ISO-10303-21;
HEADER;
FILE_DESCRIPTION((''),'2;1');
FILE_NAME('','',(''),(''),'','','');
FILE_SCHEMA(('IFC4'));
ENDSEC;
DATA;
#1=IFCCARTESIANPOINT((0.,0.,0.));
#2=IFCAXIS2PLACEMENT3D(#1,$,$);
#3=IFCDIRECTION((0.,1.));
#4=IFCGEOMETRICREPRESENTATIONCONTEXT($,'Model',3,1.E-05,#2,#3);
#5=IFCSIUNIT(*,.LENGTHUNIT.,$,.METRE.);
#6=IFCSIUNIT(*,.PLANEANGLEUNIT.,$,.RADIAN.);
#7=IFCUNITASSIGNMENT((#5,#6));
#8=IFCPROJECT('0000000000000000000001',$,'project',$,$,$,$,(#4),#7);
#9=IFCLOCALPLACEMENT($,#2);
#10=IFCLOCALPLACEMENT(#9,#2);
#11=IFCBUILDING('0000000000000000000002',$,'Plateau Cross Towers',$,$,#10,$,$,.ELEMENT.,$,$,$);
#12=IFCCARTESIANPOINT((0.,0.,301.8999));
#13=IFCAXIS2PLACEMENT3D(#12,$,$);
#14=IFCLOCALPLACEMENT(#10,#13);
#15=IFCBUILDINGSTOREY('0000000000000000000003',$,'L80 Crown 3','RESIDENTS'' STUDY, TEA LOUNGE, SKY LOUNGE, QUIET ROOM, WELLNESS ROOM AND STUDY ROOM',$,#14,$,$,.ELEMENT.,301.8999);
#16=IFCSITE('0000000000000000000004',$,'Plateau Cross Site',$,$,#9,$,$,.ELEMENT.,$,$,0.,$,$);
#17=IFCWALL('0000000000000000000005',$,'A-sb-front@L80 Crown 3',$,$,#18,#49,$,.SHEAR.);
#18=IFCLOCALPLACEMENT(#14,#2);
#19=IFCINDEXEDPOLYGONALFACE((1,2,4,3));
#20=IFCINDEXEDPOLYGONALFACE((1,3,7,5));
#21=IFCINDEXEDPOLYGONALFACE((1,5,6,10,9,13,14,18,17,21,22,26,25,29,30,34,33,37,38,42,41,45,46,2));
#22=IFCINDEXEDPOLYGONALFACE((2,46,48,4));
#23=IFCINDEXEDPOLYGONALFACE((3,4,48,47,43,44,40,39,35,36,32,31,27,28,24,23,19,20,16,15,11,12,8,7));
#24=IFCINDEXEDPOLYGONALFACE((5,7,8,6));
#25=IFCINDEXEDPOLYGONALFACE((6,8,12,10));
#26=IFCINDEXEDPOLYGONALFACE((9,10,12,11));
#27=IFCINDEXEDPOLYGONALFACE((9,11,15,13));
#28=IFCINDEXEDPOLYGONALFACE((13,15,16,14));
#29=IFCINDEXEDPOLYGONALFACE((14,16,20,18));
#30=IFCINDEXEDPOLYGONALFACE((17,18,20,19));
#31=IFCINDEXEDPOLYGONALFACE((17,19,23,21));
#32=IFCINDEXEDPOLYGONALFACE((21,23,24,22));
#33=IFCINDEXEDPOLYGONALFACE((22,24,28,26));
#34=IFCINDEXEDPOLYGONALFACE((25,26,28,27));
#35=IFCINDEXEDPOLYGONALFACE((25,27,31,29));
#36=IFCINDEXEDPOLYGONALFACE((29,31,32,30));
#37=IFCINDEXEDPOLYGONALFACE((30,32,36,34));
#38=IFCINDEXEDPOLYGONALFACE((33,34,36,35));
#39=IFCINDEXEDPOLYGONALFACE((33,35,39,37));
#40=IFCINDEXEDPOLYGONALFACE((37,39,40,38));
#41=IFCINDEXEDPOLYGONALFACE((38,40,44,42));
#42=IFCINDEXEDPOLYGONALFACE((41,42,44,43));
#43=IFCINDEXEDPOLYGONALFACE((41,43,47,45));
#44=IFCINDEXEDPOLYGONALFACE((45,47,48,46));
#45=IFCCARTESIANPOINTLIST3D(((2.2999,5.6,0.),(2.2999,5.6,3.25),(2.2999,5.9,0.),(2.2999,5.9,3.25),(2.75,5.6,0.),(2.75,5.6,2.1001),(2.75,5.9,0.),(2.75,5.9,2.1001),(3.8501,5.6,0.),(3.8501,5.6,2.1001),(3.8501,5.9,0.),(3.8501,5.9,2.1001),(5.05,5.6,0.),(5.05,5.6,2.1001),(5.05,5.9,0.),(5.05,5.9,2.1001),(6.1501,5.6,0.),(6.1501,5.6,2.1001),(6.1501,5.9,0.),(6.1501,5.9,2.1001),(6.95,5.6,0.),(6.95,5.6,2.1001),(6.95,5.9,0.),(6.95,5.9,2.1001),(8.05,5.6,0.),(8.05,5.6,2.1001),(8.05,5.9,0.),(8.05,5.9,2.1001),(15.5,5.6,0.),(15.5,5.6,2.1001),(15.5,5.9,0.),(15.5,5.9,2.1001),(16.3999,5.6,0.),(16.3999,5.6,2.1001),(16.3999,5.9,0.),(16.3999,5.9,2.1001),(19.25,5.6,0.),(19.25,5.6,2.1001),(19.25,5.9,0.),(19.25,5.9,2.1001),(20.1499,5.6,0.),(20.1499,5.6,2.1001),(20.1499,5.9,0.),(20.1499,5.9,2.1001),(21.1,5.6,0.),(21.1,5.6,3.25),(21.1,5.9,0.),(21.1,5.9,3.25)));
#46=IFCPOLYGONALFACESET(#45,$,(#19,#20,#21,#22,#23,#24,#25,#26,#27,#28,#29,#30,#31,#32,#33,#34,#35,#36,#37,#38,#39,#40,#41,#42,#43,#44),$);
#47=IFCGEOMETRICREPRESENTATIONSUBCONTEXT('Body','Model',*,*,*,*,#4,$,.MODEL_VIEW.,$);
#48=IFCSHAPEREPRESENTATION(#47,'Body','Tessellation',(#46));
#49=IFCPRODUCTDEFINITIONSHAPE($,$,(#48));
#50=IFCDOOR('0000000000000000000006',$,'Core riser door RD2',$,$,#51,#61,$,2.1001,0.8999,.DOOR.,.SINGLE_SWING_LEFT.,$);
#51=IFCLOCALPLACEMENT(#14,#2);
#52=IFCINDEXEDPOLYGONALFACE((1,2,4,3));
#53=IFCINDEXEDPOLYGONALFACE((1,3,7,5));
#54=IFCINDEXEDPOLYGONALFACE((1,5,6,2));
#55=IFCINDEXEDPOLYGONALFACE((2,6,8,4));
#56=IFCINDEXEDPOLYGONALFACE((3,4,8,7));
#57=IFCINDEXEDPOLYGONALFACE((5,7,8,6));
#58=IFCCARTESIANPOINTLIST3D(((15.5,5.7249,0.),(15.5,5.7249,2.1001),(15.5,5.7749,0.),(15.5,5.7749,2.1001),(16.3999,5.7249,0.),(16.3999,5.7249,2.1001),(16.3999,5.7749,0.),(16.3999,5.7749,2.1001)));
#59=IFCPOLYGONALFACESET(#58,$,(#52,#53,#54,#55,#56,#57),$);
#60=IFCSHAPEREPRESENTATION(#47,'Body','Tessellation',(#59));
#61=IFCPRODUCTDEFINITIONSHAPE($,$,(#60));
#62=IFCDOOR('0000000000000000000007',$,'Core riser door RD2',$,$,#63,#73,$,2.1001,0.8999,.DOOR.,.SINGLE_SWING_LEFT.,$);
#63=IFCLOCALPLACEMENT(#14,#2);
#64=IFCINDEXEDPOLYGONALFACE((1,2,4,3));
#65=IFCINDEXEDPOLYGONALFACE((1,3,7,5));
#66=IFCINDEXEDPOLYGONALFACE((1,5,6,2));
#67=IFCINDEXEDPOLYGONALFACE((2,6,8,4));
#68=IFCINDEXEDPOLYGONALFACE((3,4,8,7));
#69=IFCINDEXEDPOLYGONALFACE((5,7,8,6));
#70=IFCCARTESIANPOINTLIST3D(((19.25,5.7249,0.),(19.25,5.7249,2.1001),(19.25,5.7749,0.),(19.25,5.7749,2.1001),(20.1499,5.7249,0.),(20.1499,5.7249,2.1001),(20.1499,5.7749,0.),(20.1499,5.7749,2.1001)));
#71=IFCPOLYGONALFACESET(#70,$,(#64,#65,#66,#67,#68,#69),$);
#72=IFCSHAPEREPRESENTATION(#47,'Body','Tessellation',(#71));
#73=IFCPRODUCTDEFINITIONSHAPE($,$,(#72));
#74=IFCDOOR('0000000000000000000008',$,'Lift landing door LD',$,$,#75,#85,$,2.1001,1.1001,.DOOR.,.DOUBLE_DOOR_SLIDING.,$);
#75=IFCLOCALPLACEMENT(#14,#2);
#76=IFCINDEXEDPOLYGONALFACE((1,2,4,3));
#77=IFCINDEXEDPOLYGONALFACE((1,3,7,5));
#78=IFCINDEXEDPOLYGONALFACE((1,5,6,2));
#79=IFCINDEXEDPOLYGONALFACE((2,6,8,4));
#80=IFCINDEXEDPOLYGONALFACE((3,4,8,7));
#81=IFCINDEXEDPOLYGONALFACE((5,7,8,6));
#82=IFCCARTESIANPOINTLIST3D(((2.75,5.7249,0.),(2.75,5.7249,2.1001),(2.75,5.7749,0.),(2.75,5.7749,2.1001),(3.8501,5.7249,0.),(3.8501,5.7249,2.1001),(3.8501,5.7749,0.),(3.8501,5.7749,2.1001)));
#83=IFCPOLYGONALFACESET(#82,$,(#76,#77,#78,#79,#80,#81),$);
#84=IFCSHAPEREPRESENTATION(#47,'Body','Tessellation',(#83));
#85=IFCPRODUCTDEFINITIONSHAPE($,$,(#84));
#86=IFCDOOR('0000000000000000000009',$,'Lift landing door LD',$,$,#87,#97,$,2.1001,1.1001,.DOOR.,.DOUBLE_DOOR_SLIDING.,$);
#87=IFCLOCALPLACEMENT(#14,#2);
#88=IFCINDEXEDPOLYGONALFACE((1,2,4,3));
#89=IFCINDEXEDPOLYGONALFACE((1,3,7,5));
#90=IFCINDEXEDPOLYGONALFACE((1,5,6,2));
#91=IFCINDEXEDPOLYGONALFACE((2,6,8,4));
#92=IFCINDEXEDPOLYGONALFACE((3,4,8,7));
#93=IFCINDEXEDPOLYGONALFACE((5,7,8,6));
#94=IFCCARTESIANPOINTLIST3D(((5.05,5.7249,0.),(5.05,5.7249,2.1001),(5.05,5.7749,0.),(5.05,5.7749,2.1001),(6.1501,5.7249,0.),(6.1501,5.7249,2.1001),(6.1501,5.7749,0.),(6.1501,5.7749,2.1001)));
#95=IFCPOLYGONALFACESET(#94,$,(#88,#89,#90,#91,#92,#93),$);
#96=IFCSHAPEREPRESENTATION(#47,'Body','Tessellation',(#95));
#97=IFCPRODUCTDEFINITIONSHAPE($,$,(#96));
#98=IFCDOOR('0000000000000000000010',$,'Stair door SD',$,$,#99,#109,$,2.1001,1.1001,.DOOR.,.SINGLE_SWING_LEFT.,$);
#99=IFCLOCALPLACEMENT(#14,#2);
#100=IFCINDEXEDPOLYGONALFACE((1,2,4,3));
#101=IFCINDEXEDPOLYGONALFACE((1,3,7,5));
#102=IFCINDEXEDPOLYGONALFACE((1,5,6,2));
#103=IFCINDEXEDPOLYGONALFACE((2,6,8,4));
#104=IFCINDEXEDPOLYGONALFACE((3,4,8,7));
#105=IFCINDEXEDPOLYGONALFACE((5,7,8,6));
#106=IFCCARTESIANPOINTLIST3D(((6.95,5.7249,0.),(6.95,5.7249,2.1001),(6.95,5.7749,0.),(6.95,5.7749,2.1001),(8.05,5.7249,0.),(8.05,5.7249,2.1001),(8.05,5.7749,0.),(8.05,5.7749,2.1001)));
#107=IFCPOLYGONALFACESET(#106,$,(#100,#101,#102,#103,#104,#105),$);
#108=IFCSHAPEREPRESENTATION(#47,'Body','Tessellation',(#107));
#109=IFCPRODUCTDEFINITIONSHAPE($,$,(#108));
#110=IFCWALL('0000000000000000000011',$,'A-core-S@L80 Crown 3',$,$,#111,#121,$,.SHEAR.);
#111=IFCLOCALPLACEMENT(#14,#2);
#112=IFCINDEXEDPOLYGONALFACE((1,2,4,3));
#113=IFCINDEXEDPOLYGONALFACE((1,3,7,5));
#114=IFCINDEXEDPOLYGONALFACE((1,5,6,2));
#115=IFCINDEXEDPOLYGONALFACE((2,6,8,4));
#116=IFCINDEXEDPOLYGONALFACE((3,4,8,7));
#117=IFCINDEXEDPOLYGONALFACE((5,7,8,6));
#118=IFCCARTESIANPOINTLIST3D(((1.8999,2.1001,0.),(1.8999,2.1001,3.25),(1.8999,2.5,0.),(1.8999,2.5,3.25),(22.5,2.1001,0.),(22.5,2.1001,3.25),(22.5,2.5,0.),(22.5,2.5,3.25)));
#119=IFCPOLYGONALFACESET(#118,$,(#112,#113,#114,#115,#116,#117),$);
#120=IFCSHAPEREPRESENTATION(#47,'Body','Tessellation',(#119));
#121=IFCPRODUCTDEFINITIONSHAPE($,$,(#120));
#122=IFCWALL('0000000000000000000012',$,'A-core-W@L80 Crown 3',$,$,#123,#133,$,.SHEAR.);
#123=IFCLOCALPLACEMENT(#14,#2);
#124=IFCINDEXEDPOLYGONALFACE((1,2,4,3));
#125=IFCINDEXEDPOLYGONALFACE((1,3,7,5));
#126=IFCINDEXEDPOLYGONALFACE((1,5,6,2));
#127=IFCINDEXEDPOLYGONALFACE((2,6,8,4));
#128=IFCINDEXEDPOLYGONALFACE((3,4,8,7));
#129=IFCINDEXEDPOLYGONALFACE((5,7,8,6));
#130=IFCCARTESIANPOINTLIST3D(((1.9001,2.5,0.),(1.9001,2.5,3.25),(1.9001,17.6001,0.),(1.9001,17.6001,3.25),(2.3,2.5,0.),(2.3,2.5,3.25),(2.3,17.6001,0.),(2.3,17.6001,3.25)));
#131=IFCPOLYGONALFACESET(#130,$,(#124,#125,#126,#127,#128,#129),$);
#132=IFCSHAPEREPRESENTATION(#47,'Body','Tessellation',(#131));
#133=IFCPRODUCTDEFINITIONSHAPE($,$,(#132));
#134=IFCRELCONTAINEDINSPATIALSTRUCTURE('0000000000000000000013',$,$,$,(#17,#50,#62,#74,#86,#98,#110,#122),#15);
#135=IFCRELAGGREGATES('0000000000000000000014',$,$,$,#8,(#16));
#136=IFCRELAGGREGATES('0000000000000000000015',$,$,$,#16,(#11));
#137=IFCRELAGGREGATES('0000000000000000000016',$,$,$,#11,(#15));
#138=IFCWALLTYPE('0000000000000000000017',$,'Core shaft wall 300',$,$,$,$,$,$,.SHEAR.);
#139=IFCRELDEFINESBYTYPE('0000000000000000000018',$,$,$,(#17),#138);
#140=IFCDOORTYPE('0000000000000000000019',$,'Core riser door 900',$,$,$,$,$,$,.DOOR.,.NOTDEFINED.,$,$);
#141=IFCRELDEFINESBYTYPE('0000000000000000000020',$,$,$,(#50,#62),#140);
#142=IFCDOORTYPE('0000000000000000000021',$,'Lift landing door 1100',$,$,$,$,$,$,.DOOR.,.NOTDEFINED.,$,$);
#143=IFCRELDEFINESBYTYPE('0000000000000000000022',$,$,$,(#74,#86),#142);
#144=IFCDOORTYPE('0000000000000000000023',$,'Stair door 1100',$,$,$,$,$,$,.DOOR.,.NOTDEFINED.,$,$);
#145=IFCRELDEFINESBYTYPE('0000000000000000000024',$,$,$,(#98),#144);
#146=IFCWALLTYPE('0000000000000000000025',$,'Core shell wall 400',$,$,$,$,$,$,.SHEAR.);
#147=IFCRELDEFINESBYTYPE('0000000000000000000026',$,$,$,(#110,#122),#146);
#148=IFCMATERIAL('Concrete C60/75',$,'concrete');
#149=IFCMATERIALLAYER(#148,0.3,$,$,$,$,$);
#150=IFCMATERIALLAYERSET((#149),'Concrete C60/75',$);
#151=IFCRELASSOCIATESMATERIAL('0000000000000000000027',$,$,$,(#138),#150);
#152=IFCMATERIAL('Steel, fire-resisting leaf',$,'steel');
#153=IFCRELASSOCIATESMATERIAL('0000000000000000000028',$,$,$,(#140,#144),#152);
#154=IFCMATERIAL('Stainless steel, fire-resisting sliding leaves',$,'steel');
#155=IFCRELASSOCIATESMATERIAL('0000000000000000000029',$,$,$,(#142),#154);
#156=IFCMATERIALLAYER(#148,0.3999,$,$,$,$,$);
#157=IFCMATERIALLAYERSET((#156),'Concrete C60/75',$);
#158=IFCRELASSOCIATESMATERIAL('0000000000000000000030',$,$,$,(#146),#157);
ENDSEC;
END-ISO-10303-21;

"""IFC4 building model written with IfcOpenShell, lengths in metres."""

from ifc_helpers import new_model, si_unit, direction, frame, frame_2d, origin, place, context, subcontext, project, spatial, rectangle, extrude, material, layer, layer_set, type_object, element, fill, save


model = new_model("IFC4")

# Units and contexts
model_context = context("Model", 3, precision=1e-05, world=origin(), true_north=direction((0.0, 1.0)))
body_context = subcontext(model_context, "Body", "Model", "MODEL_VIEW")
ifc_project = project(units=[si_unit("LENGTHUNIT", "METRE"), si_unit("PLANEANGLEUNIT", "RADIAN")], contexts=[model_context])

# Site, building, storey
site_placement = place(None, origin())
site = spatial("IfcSite", under=ifc_project, at=site_placement, Name="Plateau Cross Site", CompositionType="ELEMENT", RefElevation=0.0)
building_placement = place(site_placement, origin())
building = spatial("IfcBuilding", under=site, at=building_placement, Name="Plateau Cross Towers", CompositionType="ELEMENT")
storey_placement = place(building_placement, frame((0.0, 0.0, 301.8999)))
storey = spatial("IfcBuildingStorey", under=building, at=storey_placement, Name="L80 Crown 3", Description="RESIDENTS' STUDY, TEA LOUNGE, SKY LOUNGE, QUIET ROOM, WELLNESS ROOM AND STUDY ROOM", CompositionType="ELEMENT", Elevation=301.8999)

# Shared definitions
ifc_material_1 = material(Name="Concrete C60/75", Category="concrete")

# Shared definitions
ifc_layer_1 = layer(ifc_material_1, 0.3)
ifc_layer_set_1 = layer_set([ifc_layer_1], Name="Concrete C60/75")
wall_type_1 = type_object("IfcWallType", Name="Core shaft wall 300", PredefinedType="SHEAR", material=ifc_layer_set_1)

# Wall, openings, doors
wall_1_placement = place(storey_placement, frame((2.3, 5.75, 0.0), z_axis=(0.0, 0.0, 1.0), x_axis=(1.0, 0.0, 0.0)))
wall_1 = element("IfcWall", 1, at=wall_1_placement, inside=storey, type_object=wall_type_1, Name="A-sb-front@L80 Crown 3", PredefinedType="SHEAR", context=body_context, shape_type="SweptSolid", body=[
    extrude(rectangle(XDim=18.8, YDim=0.3, at=frame_2d((9.3999, 0.0))), origin(), (0.0, 0.0, 1.0), 3.25),
])
opening_1_placement = place(wall_1_placement, frame((4.6499, 0.0, 0.0)))
opening_1 = element("IfcOpeningElement", 2, at=opening_1_placement, cuts=wall_1, PredefinedType="OPENING", context=body_context, shape_type="SweptSolid", body=[
    extrude(rectangle(XDim=1.1001, YDim=2.1001, at=frame_2d((0.55, 1.05))), frame((0.0, 0.1599, 0.0), z_axis=(0.0, -1.0, 0.0), x_axis=(1.0, 0.0, 0.0)), (0.0, 0.0, 1.0), 0.3201),
])
opening_2_placement = place(wall_1_placement, frame((0.45, 0.0, 0.0)))
opening_2 = element("IfcOpeningElement", 3, at=opening_2_placement, cuts=wall_1, PredefinedType="OPENING", context=body_context, shape_type="SweptSolid", body=[
    extrude(rectangle(XDim=1.1001, YDim=2.1001, at=frame_2d((0.55, 1.05))), frame((0.0, 0.1599, 0.0), z_axis=(0.0, -1.0, 0.0), x_axis=(1.0, 0.0, 0.0)), (0.0, 0.0, 1.0), 0.3201),
])
opening_3_placement = place(wall_1_placement, frame((2.75, 0.0, 0.0)))
opening_3 = element("IfcOpeningElement", 4, at=opening_3_placement, cuts=wall_1, PredefinedType="OPENING", context=body_context, shape_type="SweptSolid", body=[
    extrude(rectangle(XDim=1.1001, YDim=2.1001, at=frame_2d((0.55, 1.05))), frame((0.0, 0.1599, 0.0), z_axis=(0.0, -1.0, 0.0), x_axis=(1.0, 0.0, 0.0)), (0.0, 0.0, 1.0), 0.3201),
])
opening_4_placement = place(wall_1_placement, frame((13.2, 0.0, 0.0)))
opening_4 = element("IfcOpeningElement", 5, at=opening_4_placement, cuts=wall_1, PredefinedType="OPENING", context=body_context, shape_type="SweptSolid", body=[
    extrude(rectangle(XDim=0.8999, YDim=2.1001, at=frame_2d((0.45, 1.05))), frame((0.0, 0.1599, 0.0), z_axis=(0.0, -1.0, 0.0), x_axis=(1.0, 0.0, 0.0)), (0.0, 0.0, 1.0), 0.3201),
])
opening_5_placement = place(wall_1_placement, frame((16.95, 0.0, 0.0)))
opening_5 = element("IfcOpeningElement", 6, at=opening_5_placement, cuts=wall_1, PredefinedType="OPENING", context=body_context, shape_type="SweptSolid", body=[
    extrude(rectangle(XDim=0.8999, YDim=2.1001, at=frame_2d((0.45, 1.05))), frame((0.0, 0.1599, 0.0), z_axis=(0.0, -1.0, 0.0), x_axis=(1.0, 0.0, 0.0)), (0.0, 0.0, 1.0), 0.3201),
])
ifc_material_2 = material(Name="Steel, fire-resisting leaf", Category="steel")
door_type_1 = type_object("IfcDoorType", Name="Core riser door 900", OperationType="NOTDEFINED", PredefinedType="DOOR", material=ifc_material_2)
door_1_placement = place(opening_4_placement, origin())
door_1 = element("IfcDoor", 7, at=door_1_placement, inside=storey, type_object=door_type_1, Name="Core riser door RD2", OperationType="SINGLE_SWING_LEFT", OverallHeight=2.1001, OverallWidth=0.8999, PredefinedType="DOOR", context=body_context, shape_type="SweptSolid", body=[
    extrude(rectangle(XDim=0.8999, YDim=2.1001, at=frame_2d((0.45, 1.05))), frame((0.0, 0.0249, 0.0), z_axis=(0.0, -1.0, 0.0), x_axis=(1.0, 0.0, 0.0)), (0.0, 0.0, 1.0), 0.05),
])
fill(opening_4, door_1)
door_2_placement = place(opening_5_placement, origin())
door_2 = element("IfcDoor", 8, at=door_2_placement, inside=storey, type_object=door_type_1, Name="Core riser door RD2", OperationType="SINGLE_SWING_LEFT", OverallHeight=2.1001, OverallWidth=0.8999, PredefinedType="DOOR", context=body_context, shape_type="SweptSolid", body=[
    extrude(rectangle(XDim=0.8999, YDim=2.1001, at=frame_2d((0.45, 1.05))), frame((0.0, 0.0249, 0.0), z_axis=(0.0, -1.0, 0.0), x_axis=(1.0, 0.0, 0.0)), (0.0, 0.0, 1.0), 0.05),
])
fill(opening_5, door_2)
ifc_material_3 = material(Name="Stainless steel, fire-resisting sliding leaves", Category="steel")
door_type_2 = type_object("IfcDoorType", Name="Lift landing door 1100", OperationType="NOTDEFINED", PredefinedType="DOOR", material=ifc_material_3)
door_3_placement = place(opening_2_placement, origin())
door_3 = element("IfcDoor", 9, at=door_3_placement, inside=storey, type_object=door_type_2, Name="Lift landing door LD", OperationType="DOUBLE_DOOR_SLIDING", OverallHeight=2.1001, OverallWidth=1.1001, PredefinedType="DOOR", context=body_context, shape_type="SweptSolid", body=[
    extrude(rectangle(XDim=1.1001, YDim=2.1001, at=frame_2d((0.55, 1.05))), frame((0.0, 0.0249, 0.0), z_axis=(0.0, -1.0, 0.0), x_axis=(1.0, 0.0, 0.0)), (0.0, 0.0, 1.0), 0.05),
])
fill(opening_2, door_3)
door_4_placement = place(opening_3_placement, origin())
door_4 = element("IfcDoor", 10, at=door_4_placement, inside=storey, type_object=door_type_2, Name="Lift landing door LD", OperationType="DOUBLE_DOOR_SLIDING", OverallHeight=2.1001, OverallWidth=1.1001, PredefinedType="DOOR", context=body_context, shape_type="SweptSolid", body=[
    extrude(rectangle(XDim=1.1001, YDim=2.1001, at=frame_2d((0.55, 1.05))), frame((0.0, 0.0249, 0.0), z_axis=(0.0, -1.0, 0.0), x_axis=(1.0, 0.0, 0.0)), (0.0, 0.0, 1.0), 0.05),
])
fill(opening_3, door_4)
door_type_3 = type_object("IfcDoorType", Name="Stair door 1100", OperationType="NOTDEFINED", PredefinedType="DOOR", material=ifc_material_2)
door_5_placement = place(opening_1_placement, origin())
door_5 = element("IfcDoor", 11, at=door_5_placement, inside=storey, type_object=door_type_3, Name="Stair door SD", OperationType="SINGLE_SWING_LEFT", OverallHeight=2.1001, OverallWidth=1.1001, PredefinedType="DOOR", context=body_context, shape_type="SweptSolid", body=[
    extrude(rectangle(XDim=1.1001, YDim=2.1001, at=frame_2d((0.55, 1.05))), frame((0.0, 0.0249, 0.0), z_axis=(0.0, -1.0, 0.0), x_axis=(1.0, 0.0, 0.0)), (0.0, 0.0, 1.0), 0.05),
])
fill(opening_1, door_5)

# Walls
ifc_layer_2 = layer(ifc_material_1, 0.3999)
ifc_layer_set_2 = layer_set([ifc_layer_2], Name="Concrete C60/75")
wall_type_2 = type_object("IfcWallType", Name="Core shell wall 400", PredefinedType="SHEAR", material=ifc_layer_set_2)
wall_2_placement = place(storey_placement, frame((1.8999, 2.3, 0.0), z_axis=(0.0, 0.0, 1.0), x_axis=(1.0, 0.0, 0.0)))
element("IfcWall", 12, at=wall_2_placement, inside=storey, type_object=wall_type_2, Name="A-core-S@L80 Crown 3", PredefinedType="SHEAR", context=body_context, shape_type="SweptSolid", body=[
    extrude(rectangle(XDim=20.6001, YDim=0.3999, at=frame_2d((10.3, 0.0))), origin(), (0.0, 0.0, 1.0), 3.25),
])
wall_3_placement = place(storey_placement, frame((2.1001, 2.5, 0.0), z_axis=(0.0, 0.0, 1.0), x_axis=(0.0, 1.0, 0.0)))
element("IfcWall", 13, at=wall_3_placement, inside=storey, type_object=wall_type_2, Name="A-core-W@L80 Crown 3", PredefinedType="SHEAR", context=body_context, shape_type="SweptSolid", body=[
    extrude(rectangle(XDim=15.1001, YDim=0.3999, at=frame_2d((7.55, 0.0))), origin(), (0.0, 0.0, 1.0), 3.25),
])

save(model, "model.ifc")
